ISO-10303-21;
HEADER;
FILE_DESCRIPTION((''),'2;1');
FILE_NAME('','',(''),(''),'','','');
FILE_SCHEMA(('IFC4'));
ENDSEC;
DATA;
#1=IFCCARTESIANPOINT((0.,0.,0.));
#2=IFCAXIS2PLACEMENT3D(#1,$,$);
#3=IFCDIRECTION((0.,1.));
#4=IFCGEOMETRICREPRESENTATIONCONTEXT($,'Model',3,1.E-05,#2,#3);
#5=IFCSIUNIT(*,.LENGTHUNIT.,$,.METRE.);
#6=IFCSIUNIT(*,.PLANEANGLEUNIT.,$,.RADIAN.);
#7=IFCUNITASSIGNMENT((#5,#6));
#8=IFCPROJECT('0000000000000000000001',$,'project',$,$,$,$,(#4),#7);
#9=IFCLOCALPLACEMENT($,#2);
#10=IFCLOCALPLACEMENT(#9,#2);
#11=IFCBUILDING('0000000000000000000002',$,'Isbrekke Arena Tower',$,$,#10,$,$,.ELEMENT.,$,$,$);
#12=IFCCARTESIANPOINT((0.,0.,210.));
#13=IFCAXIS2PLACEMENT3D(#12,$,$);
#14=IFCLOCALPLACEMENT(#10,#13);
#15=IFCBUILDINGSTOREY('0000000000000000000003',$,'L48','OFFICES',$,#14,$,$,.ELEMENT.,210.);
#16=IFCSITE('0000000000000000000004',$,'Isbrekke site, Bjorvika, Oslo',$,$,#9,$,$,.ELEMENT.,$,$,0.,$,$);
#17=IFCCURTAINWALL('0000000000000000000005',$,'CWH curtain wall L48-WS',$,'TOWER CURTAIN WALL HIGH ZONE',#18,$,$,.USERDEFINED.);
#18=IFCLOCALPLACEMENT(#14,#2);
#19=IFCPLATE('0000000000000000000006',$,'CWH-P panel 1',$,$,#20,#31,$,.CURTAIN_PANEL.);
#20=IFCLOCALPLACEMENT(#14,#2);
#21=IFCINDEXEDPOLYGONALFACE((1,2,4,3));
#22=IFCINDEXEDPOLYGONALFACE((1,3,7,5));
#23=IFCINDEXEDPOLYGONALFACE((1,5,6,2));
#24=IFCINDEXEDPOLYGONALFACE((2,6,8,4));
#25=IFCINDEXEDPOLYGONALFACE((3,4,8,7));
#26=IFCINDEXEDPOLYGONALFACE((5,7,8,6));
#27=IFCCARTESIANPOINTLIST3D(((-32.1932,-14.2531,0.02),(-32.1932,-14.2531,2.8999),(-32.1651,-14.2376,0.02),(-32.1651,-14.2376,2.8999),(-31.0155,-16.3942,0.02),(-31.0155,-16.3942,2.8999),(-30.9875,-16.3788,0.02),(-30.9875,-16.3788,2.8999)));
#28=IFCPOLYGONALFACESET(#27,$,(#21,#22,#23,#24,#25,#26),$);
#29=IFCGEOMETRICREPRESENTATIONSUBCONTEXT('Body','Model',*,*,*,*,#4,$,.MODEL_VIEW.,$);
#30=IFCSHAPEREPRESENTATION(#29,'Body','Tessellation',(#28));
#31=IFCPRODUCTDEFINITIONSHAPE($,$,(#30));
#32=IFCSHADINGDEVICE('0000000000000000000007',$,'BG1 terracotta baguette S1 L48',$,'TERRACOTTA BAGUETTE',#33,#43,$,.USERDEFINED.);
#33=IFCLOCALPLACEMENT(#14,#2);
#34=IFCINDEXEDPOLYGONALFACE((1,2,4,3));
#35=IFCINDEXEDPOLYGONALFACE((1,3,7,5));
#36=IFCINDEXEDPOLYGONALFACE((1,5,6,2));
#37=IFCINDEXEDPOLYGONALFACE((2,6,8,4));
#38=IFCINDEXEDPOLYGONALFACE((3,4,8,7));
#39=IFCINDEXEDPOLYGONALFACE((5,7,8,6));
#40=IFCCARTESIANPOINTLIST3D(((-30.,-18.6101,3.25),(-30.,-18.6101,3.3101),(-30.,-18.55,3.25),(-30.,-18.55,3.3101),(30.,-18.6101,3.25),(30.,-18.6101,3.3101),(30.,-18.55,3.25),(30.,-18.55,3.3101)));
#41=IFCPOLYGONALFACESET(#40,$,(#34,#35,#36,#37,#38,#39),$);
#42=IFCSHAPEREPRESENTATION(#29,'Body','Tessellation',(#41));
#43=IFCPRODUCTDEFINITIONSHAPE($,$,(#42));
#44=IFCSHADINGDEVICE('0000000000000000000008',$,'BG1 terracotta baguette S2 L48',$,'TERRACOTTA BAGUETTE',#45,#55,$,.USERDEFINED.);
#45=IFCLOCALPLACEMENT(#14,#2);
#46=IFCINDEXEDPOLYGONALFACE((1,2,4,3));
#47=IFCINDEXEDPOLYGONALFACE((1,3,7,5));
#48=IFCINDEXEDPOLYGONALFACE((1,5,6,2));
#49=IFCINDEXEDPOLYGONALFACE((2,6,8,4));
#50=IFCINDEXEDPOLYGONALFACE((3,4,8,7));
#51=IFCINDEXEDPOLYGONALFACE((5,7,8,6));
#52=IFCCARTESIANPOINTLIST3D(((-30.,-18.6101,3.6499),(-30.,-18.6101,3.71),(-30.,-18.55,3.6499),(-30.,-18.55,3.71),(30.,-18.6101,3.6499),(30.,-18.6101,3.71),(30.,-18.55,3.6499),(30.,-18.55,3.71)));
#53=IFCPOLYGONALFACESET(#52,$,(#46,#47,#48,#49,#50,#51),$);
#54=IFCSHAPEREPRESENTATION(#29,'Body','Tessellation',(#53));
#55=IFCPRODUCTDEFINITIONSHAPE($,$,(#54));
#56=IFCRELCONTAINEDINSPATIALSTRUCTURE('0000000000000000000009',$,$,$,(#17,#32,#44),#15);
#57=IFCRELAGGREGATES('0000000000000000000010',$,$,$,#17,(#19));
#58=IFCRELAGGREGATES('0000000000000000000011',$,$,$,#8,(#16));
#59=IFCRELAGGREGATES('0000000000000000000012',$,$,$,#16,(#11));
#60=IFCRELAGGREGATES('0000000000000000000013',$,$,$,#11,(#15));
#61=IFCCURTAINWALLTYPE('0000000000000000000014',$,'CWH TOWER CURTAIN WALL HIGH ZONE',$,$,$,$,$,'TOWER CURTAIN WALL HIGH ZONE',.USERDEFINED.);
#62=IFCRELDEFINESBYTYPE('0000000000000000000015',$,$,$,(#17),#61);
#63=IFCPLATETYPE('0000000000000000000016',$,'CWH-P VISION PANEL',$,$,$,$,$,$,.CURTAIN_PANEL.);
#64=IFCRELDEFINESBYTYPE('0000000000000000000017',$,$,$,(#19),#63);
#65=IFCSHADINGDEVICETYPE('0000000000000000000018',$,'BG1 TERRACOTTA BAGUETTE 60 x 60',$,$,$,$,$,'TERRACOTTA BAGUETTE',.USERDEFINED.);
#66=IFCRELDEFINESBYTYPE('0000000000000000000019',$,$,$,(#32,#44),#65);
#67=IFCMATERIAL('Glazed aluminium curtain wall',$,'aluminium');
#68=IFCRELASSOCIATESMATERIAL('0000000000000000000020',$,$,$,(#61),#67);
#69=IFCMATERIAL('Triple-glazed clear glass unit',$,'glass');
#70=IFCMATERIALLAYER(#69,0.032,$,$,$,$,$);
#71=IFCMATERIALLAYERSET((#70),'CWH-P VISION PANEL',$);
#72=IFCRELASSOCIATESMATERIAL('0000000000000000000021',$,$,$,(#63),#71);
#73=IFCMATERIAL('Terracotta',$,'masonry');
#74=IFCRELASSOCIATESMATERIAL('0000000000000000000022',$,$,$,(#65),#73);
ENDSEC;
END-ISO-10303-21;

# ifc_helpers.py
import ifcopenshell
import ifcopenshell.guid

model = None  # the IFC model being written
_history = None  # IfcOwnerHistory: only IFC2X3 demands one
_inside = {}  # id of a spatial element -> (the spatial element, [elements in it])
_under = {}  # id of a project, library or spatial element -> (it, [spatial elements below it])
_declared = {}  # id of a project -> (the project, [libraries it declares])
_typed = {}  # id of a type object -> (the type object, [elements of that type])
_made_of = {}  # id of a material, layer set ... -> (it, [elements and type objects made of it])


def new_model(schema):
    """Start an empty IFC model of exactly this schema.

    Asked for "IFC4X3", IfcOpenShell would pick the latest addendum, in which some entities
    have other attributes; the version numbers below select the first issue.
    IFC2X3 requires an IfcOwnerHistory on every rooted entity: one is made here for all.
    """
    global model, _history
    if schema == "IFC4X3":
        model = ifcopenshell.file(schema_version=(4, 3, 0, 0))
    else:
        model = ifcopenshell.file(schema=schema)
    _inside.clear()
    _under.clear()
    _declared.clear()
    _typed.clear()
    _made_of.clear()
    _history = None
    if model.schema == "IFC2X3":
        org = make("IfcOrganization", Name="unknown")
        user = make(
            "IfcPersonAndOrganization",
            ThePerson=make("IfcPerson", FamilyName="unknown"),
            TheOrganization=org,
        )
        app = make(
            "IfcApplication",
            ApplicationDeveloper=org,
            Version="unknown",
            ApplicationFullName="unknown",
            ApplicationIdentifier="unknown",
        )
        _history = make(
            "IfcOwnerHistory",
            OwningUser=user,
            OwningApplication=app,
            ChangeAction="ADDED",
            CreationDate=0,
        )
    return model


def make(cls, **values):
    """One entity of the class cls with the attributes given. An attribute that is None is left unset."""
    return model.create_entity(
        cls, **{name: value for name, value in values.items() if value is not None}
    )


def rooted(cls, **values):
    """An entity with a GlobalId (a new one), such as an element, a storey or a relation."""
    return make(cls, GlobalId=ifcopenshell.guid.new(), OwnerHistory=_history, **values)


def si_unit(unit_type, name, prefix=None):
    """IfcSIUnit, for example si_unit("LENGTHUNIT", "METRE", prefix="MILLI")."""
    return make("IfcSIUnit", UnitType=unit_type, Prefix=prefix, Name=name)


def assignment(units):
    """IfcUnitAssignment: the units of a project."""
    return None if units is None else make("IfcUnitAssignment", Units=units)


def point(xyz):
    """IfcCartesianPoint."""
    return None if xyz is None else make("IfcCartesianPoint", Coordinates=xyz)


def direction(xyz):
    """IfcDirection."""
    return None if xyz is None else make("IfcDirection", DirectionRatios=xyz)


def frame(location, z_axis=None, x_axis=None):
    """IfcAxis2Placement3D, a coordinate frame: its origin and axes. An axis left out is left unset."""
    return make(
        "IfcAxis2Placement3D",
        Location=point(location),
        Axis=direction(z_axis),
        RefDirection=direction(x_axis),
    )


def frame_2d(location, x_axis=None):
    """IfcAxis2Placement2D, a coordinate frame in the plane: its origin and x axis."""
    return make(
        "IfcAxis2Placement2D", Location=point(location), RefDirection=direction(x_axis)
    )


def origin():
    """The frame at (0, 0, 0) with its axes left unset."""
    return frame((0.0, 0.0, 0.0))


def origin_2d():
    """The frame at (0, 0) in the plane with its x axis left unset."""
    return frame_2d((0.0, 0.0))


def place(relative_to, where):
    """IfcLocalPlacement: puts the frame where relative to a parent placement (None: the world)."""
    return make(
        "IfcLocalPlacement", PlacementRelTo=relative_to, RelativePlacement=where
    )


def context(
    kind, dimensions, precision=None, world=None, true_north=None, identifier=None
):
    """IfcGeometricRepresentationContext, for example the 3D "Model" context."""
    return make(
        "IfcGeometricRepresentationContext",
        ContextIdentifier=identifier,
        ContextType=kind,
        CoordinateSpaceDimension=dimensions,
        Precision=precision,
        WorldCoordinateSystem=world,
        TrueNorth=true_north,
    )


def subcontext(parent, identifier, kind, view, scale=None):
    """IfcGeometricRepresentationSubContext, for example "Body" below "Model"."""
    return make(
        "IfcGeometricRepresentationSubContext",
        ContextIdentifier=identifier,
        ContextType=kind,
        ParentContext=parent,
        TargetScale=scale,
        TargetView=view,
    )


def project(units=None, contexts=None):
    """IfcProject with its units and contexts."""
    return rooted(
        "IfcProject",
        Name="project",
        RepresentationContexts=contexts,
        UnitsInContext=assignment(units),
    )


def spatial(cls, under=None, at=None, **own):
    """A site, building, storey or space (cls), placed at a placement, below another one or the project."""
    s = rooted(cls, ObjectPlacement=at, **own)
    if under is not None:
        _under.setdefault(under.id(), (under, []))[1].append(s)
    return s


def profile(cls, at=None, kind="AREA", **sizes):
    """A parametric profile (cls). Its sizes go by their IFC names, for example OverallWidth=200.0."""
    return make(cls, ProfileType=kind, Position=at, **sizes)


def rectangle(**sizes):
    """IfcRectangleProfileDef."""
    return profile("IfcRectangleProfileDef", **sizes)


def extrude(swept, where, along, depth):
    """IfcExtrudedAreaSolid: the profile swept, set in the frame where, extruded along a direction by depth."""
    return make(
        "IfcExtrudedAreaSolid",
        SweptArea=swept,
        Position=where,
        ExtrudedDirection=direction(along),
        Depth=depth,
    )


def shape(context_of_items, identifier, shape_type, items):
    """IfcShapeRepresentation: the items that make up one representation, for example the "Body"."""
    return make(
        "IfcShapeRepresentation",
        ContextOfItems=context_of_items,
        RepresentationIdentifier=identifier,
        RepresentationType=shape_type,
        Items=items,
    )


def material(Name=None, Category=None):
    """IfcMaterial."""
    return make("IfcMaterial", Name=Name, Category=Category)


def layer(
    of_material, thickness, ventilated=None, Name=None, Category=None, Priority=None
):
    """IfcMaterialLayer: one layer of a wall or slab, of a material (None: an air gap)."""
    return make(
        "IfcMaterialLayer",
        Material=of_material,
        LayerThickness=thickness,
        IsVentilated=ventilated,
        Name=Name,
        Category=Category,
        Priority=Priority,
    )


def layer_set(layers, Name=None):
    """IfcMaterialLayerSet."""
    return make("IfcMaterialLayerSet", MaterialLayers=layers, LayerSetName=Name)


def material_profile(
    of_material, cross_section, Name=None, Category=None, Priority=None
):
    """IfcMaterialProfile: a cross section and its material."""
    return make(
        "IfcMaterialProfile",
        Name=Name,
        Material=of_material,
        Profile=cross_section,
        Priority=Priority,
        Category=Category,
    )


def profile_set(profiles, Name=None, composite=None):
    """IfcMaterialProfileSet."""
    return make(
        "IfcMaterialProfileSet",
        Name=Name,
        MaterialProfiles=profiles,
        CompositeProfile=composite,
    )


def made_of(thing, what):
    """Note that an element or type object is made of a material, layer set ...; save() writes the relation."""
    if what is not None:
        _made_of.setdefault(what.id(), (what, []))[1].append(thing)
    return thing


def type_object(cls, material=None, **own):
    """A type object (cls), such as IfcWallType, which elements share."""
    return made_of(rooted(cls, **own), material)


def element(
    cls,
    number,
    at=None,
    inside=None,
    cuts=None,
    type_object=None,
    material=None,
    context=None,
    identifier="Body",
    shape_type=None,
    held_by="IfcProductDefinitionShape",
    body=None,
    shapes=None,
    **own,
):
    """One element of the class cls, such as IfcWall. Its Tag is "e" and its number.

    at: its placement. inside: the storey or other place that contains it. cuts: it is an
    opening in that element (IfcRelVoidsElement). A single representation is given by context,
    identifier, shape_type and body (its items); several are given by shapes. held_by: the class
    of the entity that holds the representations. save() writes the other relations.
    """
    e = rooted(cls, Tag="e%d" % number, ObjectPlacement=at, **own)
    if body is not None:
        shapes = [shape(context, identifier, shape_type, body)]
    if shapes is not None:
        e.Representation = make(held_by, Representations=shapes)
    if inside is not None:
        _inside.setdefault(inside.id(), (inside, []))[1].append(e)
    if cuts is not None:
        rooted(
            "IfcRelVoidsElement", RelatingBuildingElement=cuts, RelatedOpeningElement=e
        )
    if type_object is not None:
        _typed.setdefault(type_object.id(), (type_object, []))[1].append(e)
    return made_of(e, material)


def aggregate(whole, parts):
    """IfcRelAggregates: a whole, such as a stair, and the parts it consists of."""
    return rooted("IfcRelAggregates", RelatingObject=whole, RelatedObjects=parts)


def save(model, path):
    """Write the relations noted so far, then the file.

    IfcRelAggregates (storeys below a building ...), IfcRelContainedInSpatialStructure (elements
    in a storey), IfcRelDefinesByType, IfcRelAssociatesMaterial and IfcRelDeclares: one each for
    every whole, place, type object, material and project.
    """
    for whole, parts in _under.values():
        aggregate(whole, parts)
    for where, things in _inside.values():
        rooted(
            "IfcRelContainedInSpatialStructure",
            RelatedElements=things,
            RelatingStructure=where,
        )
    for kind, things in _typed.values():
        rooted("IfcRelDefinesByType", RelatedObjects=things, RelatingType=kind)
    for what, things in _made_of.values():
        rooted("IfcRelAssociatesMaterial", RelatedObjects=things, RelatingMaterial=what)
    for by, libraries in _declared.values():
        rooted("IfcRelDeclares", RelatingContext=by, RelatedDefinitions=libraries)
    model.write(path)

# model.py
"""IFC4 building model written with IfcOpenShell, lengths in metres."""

from ifc_helpers import new_model, si_unit, direction, frame, origin, origin_2d, place, context, subcontext, project, spatial, rectangle, extrude, material, layer, layer_set, material_profile, profile_set, type_object, element, aggregate, save


model = new_model("IFC4")

# Units and contexts
model_context = context("Model", 3, precision=1e-05, world=origin(), true_north=direction((0.0, 1.0)))
body_context = subcontext(model_context, "Body", "Model", "MODEL_VIEW")
ifc_project = project(units=[si_unit("LENGTHUNIT", "METRE"), si_unit("PLANEANGLEUNIT", "RADIAN")], contexts=[model_context])

# Site, building, storey
site_placement = place(None, origin())
site = spatial("IfcSite", under=ifc_project, at=site_placement, Name="Isbrekke site, Bjorvika, Oslo", CompositionType="ELEMENT", RefElevation=0.0)
building_placement = place(site_placement, origin())
building = spatial("IfcBuilding", under=site, at=building_placement, Name="Isbrekke Arena Tower", CompositionType="ELEMENT")
storey_placement = place(building_placement, frame((0.0, 0.0, 210.0)))
storey = spatial("IfcBuildingStorey", under=building, at=storey_placement, Name="L48", Description="OFFICES", CompositionType="ELEMENT", Elevation=210.0)

# Curtain wall
ifc_material_1 = material(Name="Glazed aluminium curtain wall", Category="aluminium")
curtain_wall_type = type_object("IfcCurtainWallType", Name="CWH TOWER CURTAIN WALL HIGH ZONE", ElementType="TOWER CURTAIN WALL HIGH ZONE", PredefinedType="USERDEFINED", material=ifc_material_1)
curtain_wall_1_placement = place(storey_placement, origin())
curtain_wall_1 = element("IfcCurtainWall", 1, at=curtain_wall_1_placement, inside=storey, type_object=curtain_wall_type, Name="CWH curtain wall L48-WS", ObjectType="TOWER CURTAIN WALL HIGH ZONE", PredefinedType="USERDEFINED")

# Plate
ifc_material_2 = material(Name="Triple-glazed clear glass unit", Category="glass")
ifc_layer = layer(ifc_material_2, 0.032)
ifc_layer_set = layer_set([ifc_layer], Name="CWH-P VISION PANEL")
plate_type = type_object("IfcPlateType", Name="CWH-P VISION PANEL", PredefinedType="CURTAIN_PANEL", material=ifc_layer_set)
plate_1_placement = place(storey_placement, frame((-31.5903, -15.3159, 0.02), z_axis=(0.0, 0.0, 1.0), x_axis=(0.481919, -0.876216, 0.0)))
plate_1 = element("IfcPlate", 2, at=plate_1_placement, type_object=plate_type, Name="CWH-P panel 1", PredefinedType="CURTAIN_PANEL", context=body_context, shape_type="SweptSolid", body=[
    extrude(rectangle(XDim=2.4436, YDim=0.032, at=origin_2d()), origin(), (0.0, 0.0, 1.0), 2.8799),
])
aggregate(curtain_wall_1, [plate_1])

# Shading devices
ifc_material_3 = material(Name="Terracotta", Category="masonry")
ifc_material_profile_1 = material_profile(ifc_material_3, rectangle(XDim=0.0601, YDim=0.0601, at=origin_2d()), Name="BAGUETTE 60X60")
ifc_profile_set_1 = profile_set([ifc_material_profile_1], Name="Terracotta")
shading_device_type = type_object("IfcShadingDeviceType", Name="BG1 TERRACOTTA BAGUETTE 60 x 60", ElementType="TERRACOTTA BAGUETTE", PredefinedType="USERDEFINED", material=ifc_profile_set_1)
for number, where, z_axis, x_axis, name in (
    (3, (-30.0, -18.5801, 3.28), (1.0, 0.0, 0.0), (0.0, 1.0, 0.0), "BG1 terracotta baguette S1 L48"),
    (4, (-30.0, -18.5801, 3.6799), (1.0, 0.0, 0.0), (0.0, 1.0, 0.0), "BG1 terracotta baguette S2 L48"),
):
    element("IfcShadingDevice", number, at=place(storey_placement, frame(where, z_axis=z_axis, x_axis=x_axis)), inside=storey, type_object=shading_device_type, Name=name, ObjectType="TERRACOTTA BAGUETTE", PredefinedType="USERDEFINED", context=body_context, shape_type="SweptSolid", body=[
        extrude(rectangle(XDim=0.0601, YDim=0.0601, at=origin_2d()), origin(), (0.0, 0.0, 1.0), 60.0),
    ])

save(model, "model.ifc")
